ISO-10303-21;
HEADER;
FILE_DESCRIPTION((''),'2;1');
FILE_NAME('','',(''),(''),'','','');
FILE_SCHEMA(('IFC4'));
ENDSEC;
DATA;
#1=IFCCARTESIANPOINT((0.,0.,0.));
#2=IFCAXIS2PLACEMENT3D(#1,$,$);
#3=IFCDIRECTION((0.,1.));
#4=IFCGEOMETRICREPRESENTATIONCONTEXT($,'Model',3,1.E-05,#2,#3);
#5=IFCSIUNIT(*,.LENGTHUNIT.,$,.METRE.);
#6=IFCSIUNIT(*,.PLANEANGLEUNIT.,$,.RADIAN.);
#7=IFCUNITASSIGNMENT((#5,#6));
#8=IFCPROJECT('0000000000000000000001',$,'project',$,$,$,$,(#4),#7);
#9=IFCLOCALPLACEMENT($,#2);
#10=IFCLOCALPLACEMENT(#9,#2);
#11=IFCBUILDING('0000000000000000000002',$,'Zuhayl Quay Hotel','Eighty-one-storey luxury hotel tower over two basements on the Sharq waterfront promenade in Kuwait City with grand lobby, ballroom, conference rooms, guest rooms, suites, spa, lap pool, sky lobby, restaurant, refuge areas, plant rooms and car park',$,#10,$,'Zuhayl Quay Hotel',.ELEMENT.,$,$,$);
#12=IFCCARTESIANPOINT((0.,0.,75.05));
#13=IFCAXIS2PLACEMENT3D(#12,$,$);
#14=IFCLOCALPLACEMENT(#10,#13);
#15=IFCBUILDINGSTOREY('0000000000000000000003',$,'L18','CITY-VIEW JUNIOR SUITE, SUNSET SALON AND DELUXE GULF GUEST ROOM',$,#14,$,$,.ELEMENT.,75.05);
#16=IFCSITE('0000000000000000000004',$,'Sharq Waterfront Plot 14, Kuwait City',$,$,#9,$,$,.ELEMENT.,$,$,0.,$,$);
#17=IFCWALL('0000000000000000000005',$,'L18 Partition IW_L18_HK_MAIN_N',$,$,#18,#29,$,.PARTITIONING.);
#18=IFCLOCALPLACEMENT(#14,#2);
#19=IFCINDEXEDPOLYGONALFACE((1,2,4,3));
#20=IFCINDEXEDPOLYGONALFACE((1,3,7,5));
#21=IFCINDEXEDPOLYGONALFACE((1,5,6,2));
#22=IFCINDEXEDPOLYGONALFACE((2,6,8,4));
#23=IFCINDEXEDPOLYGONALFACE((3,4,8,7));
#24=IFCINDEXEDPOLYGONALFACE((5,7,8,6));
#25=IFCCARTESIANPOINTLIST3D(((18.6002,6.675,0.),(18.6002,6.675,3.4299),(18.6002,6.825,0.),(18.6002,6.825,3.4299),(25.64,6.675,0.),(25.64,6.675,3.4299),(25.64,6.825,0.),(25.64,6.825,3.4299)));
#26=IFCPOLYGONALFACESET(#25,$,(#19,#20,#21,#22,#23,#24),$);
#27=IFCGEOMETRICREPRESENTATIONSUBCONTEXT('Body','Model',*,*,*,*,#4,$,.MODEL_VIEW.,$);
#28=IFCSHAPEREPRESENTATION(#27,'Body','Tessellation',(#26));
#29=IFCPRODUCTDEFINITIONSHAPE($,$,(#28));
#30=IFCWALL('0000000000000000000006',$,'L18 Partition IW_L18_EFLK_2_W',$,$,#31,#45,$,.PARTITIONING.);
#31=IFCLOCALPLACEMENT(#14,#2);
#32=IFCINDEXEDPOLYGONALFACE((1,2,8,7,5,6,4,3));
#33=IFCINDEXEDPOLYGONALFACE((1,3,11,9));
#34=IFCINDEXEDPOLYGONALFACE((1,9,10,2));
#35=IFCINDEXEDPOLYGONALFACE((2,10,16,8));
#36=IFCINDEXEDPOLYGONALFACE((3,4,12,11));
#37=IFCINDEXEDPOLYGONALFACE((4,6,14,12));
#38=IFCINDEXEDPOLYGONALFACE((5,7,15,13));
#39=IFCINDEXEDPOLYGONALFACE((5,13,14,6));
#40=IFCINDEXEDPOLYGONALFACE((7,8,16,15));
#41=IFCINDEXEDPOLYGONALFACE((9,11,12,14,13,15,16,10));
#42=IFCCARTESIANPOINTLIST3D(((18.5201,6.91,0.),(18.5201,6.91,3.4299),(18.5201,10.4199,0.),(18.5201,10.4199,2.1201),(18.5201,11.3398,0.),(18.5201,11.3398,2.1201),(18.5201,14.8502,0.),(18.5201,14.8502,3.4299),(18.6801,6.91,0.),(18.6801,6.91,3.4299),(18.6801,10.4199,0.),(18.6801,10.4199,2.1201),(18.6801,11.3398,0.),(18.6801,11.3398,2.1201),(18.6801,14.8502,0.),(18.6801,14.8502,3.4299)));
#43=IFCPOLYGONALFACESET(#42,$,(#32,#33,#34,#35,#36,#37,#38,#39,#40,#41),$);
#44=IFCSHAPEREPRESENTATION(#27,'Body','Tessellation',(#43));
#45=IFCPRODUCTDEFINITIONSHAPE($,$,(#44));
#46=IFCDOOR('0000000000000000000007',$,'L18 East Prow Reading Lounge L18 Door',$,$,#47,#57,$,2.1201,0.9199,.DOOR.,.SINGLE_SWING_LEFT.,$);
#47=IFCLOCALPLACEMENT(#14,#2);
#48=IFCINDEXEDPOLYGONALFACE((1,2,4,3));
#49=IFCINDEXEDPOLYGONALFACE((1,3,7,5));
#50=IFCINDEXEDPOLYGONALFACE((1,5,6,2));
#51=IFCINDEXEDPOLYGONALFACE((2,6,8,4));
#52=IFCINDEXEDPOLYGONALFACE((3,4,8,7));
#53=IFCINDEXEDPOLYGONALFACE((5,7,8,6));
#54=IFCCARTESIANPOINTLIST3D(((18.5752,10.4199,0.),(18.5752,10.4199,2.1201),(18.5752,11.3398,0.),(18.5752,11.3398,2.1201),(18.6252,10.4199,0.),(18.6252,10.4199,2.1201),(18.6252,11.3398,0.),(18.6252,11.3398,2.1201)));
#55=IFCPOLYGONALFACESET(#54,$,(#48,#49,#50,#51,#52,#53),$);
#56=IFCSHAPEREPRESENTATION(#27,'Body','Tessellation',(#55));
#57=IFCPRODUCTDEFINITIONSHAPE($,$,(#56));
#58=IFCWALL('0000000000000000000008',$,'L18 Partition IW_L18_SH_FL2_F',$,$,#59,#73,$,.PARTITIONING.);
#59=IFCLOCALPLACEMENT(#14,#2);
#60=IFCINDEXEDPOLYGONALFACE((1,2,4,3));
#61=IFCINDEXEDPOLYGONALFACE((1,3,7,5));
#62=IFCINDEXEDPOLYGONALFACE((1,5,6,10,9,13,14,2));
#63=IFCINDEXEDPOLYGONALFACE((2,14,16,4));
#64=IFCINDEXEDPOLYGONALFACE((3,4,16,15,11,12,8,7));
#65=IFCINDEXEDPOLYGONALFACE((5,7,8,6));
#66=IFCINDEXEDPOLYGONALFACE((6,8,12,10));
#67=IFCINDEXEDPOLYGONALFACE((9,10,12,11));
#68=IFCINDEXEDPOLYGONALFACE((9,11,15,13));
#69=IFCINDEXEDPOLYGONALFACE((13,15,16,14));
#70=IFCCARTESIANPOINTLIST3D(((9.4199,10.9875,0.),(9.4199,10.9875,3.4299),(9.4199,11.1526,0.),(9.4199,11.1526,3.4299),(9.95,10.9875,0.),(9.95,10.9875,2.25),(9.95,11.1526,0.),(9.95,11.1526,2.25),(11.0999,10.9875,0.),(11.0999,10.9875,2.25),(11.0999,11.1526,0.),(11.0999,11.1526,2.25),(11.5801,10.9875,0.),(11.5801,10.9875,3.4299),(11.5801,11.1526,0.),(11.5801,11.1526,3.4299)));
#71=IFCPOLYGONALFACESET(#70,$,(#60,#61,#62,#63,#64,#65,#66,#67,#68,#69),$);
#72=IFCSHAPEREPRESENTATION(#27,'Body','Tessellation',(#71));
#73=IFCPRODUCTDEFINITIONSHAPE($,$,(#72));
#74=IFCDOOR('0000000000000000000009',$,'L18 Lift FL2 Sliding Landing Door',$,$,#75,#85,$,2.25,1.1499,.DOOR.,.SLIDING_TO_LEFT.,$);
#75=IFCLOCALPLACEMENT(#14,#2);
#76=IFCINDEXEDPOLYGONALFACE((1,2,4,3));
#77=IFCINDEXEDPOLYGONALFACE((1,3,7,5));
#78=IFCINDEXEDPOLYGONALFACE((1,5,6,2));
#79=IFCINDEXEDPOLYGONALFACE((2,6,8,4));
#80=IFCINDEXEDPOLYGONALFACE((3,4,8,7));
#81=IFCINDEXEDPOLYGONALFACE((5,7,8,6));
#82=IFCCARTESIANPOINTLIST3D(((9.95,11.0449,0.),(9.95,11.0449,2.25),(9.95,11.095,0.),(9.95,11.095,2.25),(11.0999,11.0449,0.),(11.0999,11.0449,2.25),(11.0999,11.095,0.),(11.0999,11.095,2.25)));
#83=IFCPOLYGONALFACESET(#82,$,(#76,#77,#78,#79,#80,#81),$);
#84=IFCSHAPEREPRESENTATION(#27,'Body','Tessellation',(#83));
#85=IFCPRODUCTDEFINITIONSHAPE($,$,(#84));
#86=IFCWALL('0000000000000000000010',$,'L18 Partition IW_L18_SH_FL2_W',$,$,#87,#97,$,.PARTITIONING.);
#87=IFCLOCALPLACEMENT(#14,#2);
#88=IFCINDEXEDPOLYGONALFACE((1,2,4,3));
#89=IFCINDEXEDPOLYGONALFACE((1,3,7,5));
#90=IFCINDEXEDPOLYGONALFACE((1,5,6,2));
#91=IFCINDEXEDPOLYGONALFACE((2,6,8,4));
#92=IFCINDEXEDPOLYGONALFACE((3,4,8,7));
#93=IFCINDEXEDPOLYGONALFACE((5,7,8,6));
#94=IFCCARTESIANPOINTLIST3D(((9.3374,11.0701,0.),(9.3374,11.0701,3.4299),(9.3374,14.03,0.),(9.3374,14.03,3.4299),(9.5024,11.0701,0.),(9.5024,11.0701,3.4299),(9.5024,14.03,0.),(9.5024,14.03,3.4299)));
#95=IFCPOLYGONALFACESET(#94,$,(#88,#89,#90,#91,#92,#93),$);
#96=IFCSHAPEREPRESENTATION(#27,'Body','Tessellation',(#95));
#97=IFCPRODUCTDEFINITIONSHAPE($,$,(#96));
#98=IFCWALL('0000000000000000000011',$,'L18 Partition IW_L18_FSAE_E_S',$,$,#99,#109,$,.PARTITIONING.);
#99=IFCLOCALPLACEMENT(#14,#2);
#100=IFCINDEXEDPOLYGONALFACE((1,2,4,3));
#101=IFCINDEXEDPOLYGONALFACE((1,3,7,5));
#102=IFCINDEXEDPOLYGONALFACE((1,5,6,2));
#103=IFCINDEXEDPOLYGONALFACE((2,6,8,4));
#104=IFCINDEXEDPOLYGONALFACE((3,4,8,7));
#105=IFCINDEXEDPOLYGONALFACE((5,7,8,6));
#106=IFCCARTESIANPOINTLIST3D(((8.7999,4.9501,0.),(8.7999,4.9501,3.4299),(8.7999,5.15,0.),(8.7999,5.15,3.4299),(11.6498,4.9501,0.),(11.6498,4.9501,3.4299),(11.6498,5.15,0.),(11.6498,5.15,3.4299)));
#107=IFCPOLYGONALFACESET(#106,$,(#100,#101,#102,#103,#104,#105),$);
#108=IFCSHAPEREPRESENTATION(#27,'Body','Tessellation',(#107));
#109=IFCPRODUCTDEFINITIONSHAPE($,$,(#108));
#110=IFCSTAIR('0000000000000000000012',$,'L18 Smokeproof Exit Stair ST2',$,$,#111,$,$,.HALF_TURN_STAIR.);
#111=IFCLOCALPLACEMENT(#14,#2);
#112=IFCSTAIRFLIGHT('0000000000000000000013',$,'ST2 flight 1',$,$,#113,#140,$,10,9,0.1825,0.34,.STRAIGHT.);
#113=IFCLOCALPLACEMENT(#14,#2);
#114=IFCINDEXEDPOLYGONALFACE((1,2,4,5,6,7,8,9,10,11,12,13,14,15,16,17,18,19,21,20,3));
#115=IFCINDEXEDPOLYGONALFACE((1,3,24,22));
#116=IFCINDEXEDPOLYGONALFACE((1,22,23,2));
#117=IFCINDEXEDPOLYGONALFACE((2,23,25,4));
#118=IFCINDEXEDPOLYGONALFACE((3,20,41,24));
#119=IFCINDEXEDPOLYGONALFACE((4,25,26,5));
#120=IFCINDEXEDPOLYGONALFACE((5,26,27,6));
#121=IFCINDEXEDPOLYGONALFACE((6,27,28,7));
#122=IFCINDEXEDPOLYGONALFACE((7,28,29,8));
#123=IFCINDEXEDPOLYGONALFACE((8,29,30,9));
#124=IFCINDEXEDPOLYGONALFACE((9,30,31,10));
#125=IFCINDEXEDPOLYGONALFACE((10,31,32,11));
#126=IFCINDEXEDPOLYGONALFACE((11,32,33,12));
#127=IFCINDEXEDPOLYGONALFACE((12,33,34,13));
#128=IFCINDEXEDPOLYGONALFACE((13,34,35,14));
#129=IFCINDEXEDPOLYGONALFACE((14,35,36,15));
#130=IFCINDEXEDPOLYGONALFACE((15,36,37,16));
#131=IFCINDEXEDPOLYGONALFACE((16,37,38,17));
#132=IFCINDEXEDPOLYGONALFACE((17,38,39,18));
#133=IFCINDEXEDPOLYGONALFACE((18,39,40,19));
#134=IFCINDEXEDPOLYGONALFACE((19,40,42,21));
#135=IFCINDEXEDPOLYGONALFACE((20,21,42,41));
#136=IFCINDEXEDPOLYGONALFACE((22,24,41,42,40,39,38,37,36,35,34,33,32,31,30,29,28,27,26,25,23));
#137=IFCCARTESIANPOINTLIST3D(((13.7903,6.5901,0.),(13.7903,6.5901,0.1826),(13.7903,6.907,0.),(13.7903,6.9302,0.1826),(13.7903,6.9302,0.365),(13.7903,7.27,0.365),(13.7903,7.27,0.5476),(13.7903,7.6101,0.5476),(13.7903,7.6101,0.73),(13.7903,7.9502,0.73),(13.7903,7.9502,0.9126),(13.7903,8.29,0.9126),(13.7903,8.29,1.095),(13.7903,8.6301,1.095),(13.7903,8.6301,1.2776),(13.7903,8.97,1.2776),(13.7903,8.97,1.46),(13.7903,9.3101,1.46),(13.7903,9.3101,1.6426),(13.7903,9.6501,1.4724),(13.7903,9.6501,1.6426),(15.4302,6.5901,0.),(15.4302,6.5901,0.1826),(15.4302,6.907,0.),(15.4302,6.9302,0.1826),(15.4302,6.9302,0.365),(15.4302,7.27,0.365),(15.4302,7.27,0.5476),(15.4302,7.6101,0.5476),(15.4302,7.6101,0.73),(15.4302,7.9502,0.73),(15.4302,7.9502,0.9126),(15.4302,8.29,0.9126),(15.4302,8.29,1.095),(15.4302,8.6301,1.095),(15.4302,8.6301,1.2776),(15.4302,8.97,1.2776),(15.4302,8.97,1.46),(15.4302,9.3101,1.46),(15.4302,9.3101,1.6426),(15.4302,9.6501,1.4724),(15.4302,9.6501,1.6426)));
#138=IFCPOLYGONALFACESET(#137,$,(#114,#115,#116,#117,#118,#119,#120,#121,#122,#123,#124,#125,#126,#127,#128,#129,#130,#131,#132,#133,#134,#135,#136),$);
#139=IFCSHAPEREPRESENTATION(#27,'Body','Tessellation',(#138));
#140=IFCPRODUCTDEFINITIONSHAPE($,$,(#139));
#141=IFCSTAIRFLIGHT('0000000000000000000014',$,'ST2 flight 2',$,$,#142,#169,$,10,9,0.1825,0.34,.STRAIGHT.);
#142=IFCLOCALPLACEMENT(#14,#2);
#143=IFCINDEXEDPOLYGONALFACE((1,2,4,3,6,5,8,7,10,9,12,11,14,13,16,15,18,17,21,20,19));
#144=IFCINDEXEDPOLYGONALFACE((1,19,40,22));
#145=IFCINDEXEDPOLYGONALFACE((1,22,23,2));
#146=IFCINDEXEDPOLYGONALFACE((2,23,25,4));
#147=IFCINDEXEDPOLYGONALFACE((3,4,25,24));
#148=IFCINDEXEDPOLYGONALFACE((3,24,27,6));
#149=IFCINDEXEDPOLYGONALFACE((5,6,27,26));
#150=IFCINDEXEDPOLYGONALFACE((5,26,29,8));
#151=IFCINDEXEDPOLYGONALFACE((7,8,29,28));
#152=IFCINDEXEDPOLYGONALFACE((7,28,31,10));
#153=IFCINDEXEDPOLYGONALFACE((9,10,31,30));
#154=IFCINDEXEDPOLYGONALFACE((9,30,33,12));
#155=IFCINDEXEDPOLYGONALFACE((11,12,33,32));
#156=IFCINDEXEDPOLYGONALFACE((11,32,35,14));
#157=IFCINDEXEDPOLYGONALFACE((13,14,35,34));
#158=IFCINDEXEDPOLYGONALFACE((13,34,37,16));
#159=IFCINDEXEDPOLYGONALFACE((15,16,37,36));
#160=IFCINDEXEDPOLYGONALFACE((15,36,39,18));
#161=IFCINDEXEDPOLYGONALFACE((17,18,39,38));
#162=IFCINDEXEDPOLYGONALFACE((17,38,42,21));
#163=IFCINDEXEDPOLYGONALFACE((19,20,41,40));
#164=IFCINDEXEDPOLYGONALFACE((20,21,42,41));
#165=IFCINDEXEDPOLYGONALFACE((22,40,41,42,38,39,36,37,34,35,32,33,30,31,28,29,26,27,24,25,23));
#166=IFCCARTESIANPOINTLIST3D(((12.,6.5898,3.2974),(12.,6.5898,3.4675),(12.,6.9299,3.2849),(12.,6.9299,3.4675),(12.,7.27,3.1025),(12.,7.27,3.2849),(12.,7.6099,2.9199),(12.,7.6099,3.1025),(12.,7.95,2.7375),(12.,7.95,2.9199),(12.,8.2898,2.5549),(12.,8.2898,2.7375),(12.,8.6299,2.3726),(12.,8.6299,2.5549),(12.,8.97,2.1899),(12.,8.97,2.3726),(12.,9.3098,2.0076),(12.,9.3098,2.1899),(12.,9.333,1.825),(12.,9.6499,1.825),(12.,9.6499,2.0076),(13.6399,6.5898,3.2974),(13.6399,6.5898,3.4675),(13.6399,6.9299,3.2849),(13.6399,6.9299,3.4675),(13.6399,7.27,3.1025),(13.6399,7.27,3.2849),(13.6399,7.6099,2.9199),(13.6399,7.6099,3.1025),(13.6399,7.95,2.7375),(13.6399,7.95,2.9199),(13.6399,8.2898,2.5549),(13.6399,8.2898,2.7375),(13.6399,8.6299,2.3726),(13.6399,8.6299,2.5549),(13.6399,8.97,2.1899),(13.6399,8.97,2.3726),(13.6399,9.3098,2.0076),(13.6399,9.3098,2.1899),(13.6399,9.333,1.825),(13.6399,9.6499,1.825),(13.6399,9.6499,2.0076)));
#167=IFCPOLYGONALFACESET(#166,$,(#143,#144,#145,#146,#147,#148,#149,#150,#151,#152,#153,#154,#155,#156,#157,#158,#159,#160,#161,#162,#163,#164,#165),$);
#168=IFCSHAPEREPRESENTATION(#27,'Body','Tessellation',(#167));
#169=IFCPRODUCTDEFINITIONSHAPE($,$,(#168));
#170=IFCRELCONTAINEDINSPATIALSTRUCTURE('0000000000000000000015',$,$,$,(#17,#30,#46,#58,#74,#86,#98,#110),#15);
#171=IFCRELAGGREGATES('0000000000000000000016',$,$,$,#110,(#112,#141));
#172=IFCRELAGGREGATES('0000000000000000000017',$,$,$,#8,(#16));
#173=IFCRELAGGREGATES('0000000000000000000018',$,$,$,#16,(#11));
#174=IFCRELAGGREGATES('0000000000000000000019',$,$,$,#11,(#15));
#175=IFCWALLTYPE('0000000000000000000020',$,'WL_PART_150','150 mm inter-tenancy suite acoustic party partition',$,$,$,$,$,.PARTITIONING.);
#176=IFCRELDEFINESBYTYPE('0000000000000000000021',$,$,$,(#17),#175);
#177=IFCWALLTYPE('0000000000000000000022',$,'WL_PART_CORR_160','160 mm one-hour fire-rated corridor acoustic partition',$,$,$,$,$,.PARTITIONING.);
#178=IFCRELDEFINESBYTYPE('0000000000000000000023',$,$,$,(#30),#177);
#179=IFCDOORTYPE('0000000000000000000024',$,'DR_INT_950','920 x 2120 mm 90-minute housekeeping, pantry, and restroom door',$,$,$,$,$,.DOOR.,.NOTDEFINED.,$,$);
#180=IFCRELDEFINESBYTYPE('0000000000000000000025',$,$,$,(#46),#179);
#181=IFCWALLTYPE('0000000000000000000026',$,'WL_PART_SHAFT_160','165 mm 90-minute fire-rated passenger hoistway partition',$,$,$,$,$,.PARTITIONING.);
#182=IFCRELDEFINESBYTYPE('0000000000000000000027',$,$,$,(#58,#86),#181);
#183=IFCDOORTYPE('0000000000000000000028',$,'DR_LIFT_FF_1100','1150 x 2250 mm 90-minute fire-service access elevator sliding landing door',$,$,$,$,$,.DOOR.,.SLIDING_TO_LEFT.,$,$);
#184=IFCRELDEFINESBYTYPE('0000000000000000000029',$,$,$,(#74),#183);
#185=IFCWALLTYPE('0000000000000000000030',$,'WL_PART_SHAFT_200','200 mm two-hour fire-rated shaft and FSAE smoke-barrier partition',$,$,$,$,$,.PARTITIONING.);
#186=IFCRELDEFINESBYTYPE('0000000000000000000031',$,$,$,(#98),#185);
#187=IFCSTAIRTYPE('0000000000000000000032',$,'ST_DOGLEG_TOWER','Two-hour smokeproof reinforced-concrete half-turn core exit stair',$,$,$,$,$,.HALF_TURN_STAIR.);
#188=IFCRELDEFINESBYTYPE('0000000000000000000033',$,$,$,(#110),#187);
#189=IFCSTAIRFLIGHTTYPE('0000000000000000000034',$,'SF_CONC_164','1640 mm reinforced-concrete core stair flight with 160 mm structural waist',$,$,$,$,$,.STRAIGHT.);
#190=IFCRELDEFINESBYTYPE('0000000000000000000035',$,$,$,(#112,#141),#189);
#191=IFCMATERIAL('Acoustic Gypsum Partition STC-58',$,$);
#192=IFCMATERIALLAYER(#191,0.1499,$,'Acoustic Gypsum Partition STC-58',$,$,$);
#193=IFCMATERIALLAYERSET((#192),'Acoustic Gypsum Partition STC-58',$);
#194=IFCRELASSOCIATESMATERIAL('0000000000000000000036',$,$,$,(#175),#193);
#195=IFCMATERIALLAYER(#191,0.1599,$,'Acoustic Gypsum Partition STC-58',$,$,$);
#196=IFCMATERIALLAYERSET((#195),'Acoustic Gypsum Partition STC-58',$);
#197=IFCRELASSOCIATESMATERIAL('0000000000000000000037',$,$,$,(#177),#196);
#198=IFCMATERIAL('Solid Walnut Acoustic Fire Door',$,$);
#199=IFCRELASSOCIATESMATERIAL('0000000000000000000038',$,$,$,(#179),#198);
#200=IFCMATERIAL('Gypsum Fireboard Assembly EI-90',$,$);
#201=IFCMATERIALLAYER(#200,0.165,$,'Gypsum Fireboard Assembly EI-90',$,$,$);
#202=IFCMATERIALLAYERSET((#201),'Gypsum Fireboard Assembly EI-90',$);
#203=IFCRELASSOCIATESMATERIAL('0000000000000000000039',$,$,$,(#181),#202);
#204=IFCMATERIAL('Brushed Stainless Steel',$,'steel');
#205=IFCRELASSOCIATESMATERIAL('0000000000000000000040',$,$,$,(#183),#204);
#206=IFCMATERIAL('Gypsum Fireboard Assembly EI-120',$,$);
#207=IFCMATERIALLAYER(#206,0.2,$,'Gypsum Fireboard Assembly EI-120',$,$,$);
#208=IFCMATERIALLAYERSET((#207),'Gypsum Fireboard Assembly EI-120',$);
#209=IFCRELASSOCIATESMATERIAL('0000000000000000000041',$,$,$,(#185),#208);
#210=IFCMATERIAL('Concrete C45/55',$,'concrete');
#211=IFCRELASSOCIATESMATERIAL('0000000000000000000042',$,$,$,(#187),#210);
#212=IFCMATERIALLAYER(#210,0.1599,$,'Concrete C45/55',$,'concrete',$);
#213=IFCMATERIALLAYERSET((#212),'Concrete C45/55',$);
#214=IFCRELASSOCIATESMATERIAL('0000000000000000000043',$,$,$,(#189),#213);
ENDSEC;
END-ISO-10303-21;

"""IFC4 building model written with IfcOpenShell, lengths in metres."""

from ifc_helpers import new_model, si_unit, direction, frame, frame_2d, origin, place, context, subcontext, project, spatial, polyline, rectangle, outline, extrude, material, layer, layer_set, type_object, element, fill, aggregate, save


model = new_model("IFC4")

# Units and contexts
model_context = context("Model", 3, precision=1e-05, world=origin(), true_north=direction((0.0, 1.0)))
body_context = subcontext(model_context, "Body", "Model", "MODEL_VIEW")
ifc_project = project(units=[si_unit("LENGTHUNIT", "METRE"), si_unit("PLANEANGLEUNIT", "RADIAN")], contexts=[model_context])

# Site, building, storey
site_placement = place(None, origin())
site = spatial("IfcSite", under=ifc_project, at=site_placement, Name="Sharq Waterfront Plot 14, Kuwait City", CompositionType="ELEMENT", RefElevation=0.0)
building_placement = place(site_placement, origin())
building = spatial("IfcBuilding", under=site, at=building_placement, Name="Zuhayl Quay Hotel", Description="Eighty-one-storey luxury hotel tower over two basements on the Sharq waterfront promenade in Kuwait City with grand lobby, ballroom, conference rooms, guest rooms, suites, spa, lap pool, sky lobby, restaurant, refuge areas, plant rooms and car park", LongName="Zuhayl Quay Hotel", CompositionType="ELEMENT")
storey_placement = place(building_placement, frame((0.0, 0.0, 75.05)))
storey = spatial("IfcBuildingStorey", under=building, at=storey_placement, Name="L18", Description="CITY-VIEW JUNIOR SUITE, SUNSET SALON AND DELUXE GULF GUEST ROOM", CompositionType="ELEMENT", Elevation=75.05)

# Wall
ifc_material_1 = material(Name="Acoustic Gypsum Partition STC-58")
ifc_layer_1 = layer(ifc_material_1, 0.1499, Name="Acoustic Gypsum Partition STC-58")
ifc_layer_set_1 = layer_set([ifc_layer_1], Name="Acoustic Gypsum Partition STC-58")
wall_type_1 = type_object("IfcWallType", Name="WL_PART_150", Description="150 mm inter-tenancy suite acoustic party partition", PredefinedType="PARTITIONING", material=ifc_layer_set_1)
wall_1_placement = place(storey_placement, frame((18.6001, 6.75, 0.0), z_axis=(0.0, 0.0, 1.0), x_axis=(1.0, 0.0, 0.0)))
element("IfcWall", 1, at=wall_1_placement, inside=storey, type_object=wall_type_1, Name="L18 Partition IW_L18_HK_MAIN_N", PredefinedType="PARTITIONING", context=body_context, shape_type="SweptSolid", body=[
    extrude(rectangle(XDim=7.0398, YDim=0.1499, at=frame_2d((3.52, 0.0))), origin(), (0.0, 0.0, 1.0), 3.4299),
])

# Walls, openings, doors
ifc_layer_2 = layer(ifc_material_1, 0.1599, Name="Acoustic Gypsum Partition STC-58")
ifc_layer_set_2 = layer_set([ifc_layer_2], Name="Acoustic Gypsum Partition STC-58")
wall_type_2 = type_object("IfcWallType", Name="WL_PART_CORR_160", Description="160 mm one-hour fire-rated corridor acoustic partition", PredefinedType="PARTITIONING", material=ifc_layer_set_2)
wall_2_placement = place(storey_placement, frame((18.6001, 6.9099, 0.0), z_axis=(0.0, 0.0, 1.0), x_axis=(0.0, 1.0, 0.0)))
wall_2 = element("IfcWall", 2, at=wall_2_placement, inside=storey, type_object=wall_type_2, Name="L18 Partition IW_L18_EFLK_2_W", PredefinedType="PARTITIONING", context=body_context, shape_type="SweptSolid", body=[
    extrude(rectangle(XDim=7.9402, YDim=0.1599, at=frame_2d((3.9702, 0.0))), origin(), (0.0, 0.0, 1.0), 3.4299),
])
opening_1_placement = place(wall_2_placement, frame((3.51, 0.0, 0.0)))
opening_1 = element("IfcOpeningElement", 3, at=opening_1_placement, cuts=wall_2, PredefinedType="OPENING", context=body_context, shape_type="SweptSolid", body=[
    extrude(rectangle(XDim=0.9199, YDim=2.1201, at=frame_2d((0.46, 1.0601))), frame((0.0, 0.0898, 0.0), z_axis=(0.0, -1.0, 0.0), x_axis=(1.0, 0.0, 0.0)), (0.0, 0.0, 1.0), 0.1799),
])
ifc_material_2 = material(Name="Solid Walnut Acoustic Fire Door")
door_type_1 = type_object("IfcDoorType", Name="DR_INT_950", Description="920 x 2120 mm 90-minute housekeeping, pantry, and restroom door", OperationType="NOTDEFINED", PredefinedType="DOOR", material=ifc_material_2)
door_1_placement = place(opening_1_placement, origin())
door_1 = element("IfcDoor", 4, at=door_1_placement, inside=storey, type_object=door_type_1, Name="L18 East Prow Reading Lounge L18 Door", OperationType="SINGLE_SWING_LEFT", OverallHeight=2.1201, OverallWidth=0.9199, PredefinedType="DOOR", context=body_context, shape_type="SweptSolid", body=[
    extrude(rectangle(XDim=0.9199, YDim=2.1201, at=frame_2d((0.46, 1.0601))), frame((0.0, 0.0249, 0.0), z_axis=(0.0, -1.0, 0.0), x_axis=(1.0, 0.0, 0.0)), (0.0, 0.0, 1.0), 0.05),
])
fill(opening_1, door_1)
ifc_material_3 = material(Name="Gypsum Fireboard Assembly EI-90")
ifc_layer_3 = layer(ifc_material_3, 0.165, Name="Gypsum Fireboard Assembly EI-90")
ifc_layer_set_3 = layer_set([ifc_layer_3], Name="Gypsum Fireboard Assembly EI-90")
wall_type_3 = type_object("IfcWallType", Name="WL_PART_SHAFT_160", Description="165 mm 90-minute fire-rated passenger hoistway partition", PredefinedType="PARTITIONING", material=ifc_layer_set_3)
wall_3_placement = place(storey_placement, frame((9.4199, 11.0701, 0.0), z_axis=(0.0, 0.0, 1.0), x_axis=(1.0, 0.0, 0.0)))
wall_3 = element("IfcWall", 5, at=wall_3_placement, inside=storey, type_object=wall_type_3, Name="L18 Partition IW_L18_SH_FL2_F", PredefinedType="PARTITIONING", context=body_context, shape_type="SweptSolid", body=[
    extrude(rectangle(XDim=2.1602, YDim=0.165, at=frame_2d((1.0801, 0.0))), origin(), (0.0, 0.0, 1.0), 3.4299),
])
opening_2_placement = place(wall_3_placement, frame((0.53, 0.0, 0.0)))
opening_2 = element("IfcOpeningElement", 6, at=opening_2_placement, cuts=wall_3, PredefinedType="OPENING", context=body_context, shape_type="SweptSolid", body=[
    extrude(rectangle(XDim=1.1499, YDim=2.25, at=frame_2d((0.575, 1.125))), frame((0.0, 0.0925, 0.0), z_axis=(0.0, -1.0, 0.0), x_axis=(1.0, 0.0, 0.0)), (0.0, 0.0, 1.0), 0.1851),
])
ifc_material_4 = material(Name="Brushed Stainless Steel", Category="steel")
door_type_2 = type_object("IfcDoorType", Name="DR_LIFT_FF_1100", Description="1150 x 2250 mm 90-minute fire-service access elevator sliding landing door", OperationType="SLIDING_TO_LEFT", PredefinedType="DOOR", material=ifc_material_4)
door_2_placement = place(opening_2_placement, origin())
door_2 = element("IfcDoor", 7, at=door_2_placement, inside=storey, type_object=door_type_2, Name="L18 Lift FL2 Sliding Landing Door", OperationType="SLIDING_TO_LEFT", OverallHeight=2.25, OverallWidth=1.1499, PredefinedType="DOOR", context=body_context, shape_type="SweptSolid", body=[
    extrude(rectangle(XDim=1.1499, YDim=2.25, at=frame_2d((0.575, 1.125))), frame((0.0, 0.0249, 0.0), z_axis=(0.0, -1.0, 0.0), x_axis=(1.0, 0.0, 0.0)), (0.0, 0.0, 1.0), 0.05),
])
fill(opening_2, door_2)

# Walls
wall_4_placement = place(storey_placement, frame((9.4199, 11.0701, 0.0), z_axis=(0.0, 0.0, 1.0), x_axis=(0.0, 1.0, 0.0)))
element("IfcWall", 8, at=wall_4_placement, inside=storey, type_object=wall_type_3, Name="L18 Partition IW_L18_SH_FL2_W", PredefinedType="PARTITIONING", context=body_context, shape_type="SweptSolid", body=[
    extrude(rectangle(XDim=2.96, YDim=0.165, at=frame_2d((1.48, 0.0))), origin(), (0.0, 0.0, 1.0), 3.4299),
])
ifc_material_5 = material(Name="Gypsum Fireboard Assembly EI-120")
ifc_layer_4 = layer(ifc_material_5, 0.2, Name="Gypsum Fireboard Assembly EI-120")
ifc_layer_set_4 = layer_set([ifc_layer_4], Name="Gypsum Fireboard Assembly EI-120")
wall_type_4 = type_object("IfcWallType", Name="WL_PART_SHAFT_200", Description="200 mm two-hour fire-rated shaft and FSAE smoke-barrier partition", PredefinedType="PARTITIONING", material=ifc_layer_set_4)
wall_5_placement = place(storey_placement, frame((8.8, 5.05, 0.0), z_axis=(0.0, 0.0, 1.0), x_axis=(1.0, 0.0, 0.0)))
element("IfcWall", 9, at=wall_5_placement, inside=storey, type_object=wall_type_4, Name="L18 Partition IW_L18_FSAE_E_S", PredefinedType="PARTITIONING", context=body_context, shape_type="SweptSolid", body=[
    extrude(rectangle(XDim=2.8499, YDim=0.2, at=frame_2d((1.4248, 0.0))), origin(), (0.0, 0.0, 1.0), 3.4299),
])

# Stair, stair flights
ifc_material_6 = material(Name="Concrete C45/55", Category="concrete")
stair_type = type_object("IfcStairType", Name="ST_DOGLEG_TOWER", Description="Two-hour smokeproof reinforced-concrete half-turn core exit stair", PredefinedType="HALF_TURN_STAIR", material=ifc_material_6)
stair_placement = place(storey_placement, origin())
stair = element("IfcStair", 10, at=stair_placement, inside=storey, type_object=stair_type, Name="L18 Smokeproof Exit Stair ST2", PredefinedType="HALF_TURN_STAIR")
ifc_layer_5 = layer(ifc_material_6, 0.1599, Name="Concrete C45/55", Category="concrete")
ifc_layer_set_5 = layer_set([ifc_layer_5], Name="Concrete C45/55")
stair_flight_type = type_object("IfcStairFlightType", Name="SF_CONC_164", Description="1640 mm reinforced-concrete core stair flight with 160 mm structural waist", PredefinedType="STRAIGHT", material=ifc_layer_set_5)
stair_flight_1_placement = place(storey_placement, frame((14.6101, 6.5901, 0.0), z_axis=(0.0, 0.0, 1.0), x_axis=(0.0, 1.0, 0.0)))
stair_flight_1 = element("IfcStairFlight", 11, at=stair_flight_1_placement, type_object=stair_flight_type, Name="ST2 flight 1", NumberOfRisers=10, NumberOfTreads=9, PredefinedType="STRAIGHT", RiserHeight=0.1825, TreadLength=0.34, context=body_context, shape_type="SweptSolid", body=[
    extrude(outline(polyline([(0.0, 0.0), (0.0, 0.1826), (0.3401, 0.1826), (0.3401, 0.365), (0.6799, 0.365), (0.6799, 0.5476), (1.02, 0.5476), (1.02, 0.73), (1.3601, 0.73), (1.3601, 0.9126), (1.7, 0.9126), (1.7, 1.095), (2.04, 1.095), (2.04, 1.2776), (2.3799, 1.2776), (2.3799, 1.46), (2.72, 1.46), (2.72, 1.6426), (3.0601, 1.6426), (3.0601, 1.825), (3.0601, 1.4724), (0.3169, 0.0), (0.0, 0.0)])), frame((0.0, 0.8198, 0.0), z_axis=(0.0, -1.0, 0.0), x_axis=(1.0, 0.0, 0.0)), (0.0, 0.0, 1.0), 1.6399),
])
stair_flight_2_placement = place(storey_placement, frame((12.8201, 9.6499, 1.825), z_axis=(0.0, 0.0, 1.0), x_axis=(0.0, -1.0, 0.0)))
stair_flight_2 = element("IfcStairFlight", 12, at=stair_flight_2_placement, type_object=stair_flight_type, Name="ST2 flight 2", NumberOfRisers=10, NumberOfTreads=9, PredefinedType="STRAIGHT", RiserHeight=0.1825, TreadLength=0.34, context=body_context, shape_type="SweptSolid", body=[
    extrude(outline(polyline([(0.0, 0.0), (0.0, 0.1826), (0.3401, 0.1826), (0.3401, 0.365), (0.6799, 0.365), (0.6799, 0.5476), (1.02, 0.5476), (1.02, 0.73), (1.3601, 0.73), (1.3601, 0.9126), (1.7, 0.9126), (1.7, 1.095), (2.04, 1.095), (2.04, 1.2776), (2.3799, 1.2776), (2.3799, 1.46), (2.72, 1.46), (2.72, 1.6426), (3.0601, 1.6426), (3.0601, 1.825), (3.0601, 1.4724), (0.3169, 0.0), (0.0, 0.0)])), frame((0.0, 0.8198, 0.0), z_axis=(0.0, -1.0, 0.0), x_axis=(1.0, 0.0, 0.0)), (0.0, 0.0, 1.0), 1.6399),
])
aggregate(stair, [stair_flight_1, stair_flight_2])

save(model, "model.ifc")
